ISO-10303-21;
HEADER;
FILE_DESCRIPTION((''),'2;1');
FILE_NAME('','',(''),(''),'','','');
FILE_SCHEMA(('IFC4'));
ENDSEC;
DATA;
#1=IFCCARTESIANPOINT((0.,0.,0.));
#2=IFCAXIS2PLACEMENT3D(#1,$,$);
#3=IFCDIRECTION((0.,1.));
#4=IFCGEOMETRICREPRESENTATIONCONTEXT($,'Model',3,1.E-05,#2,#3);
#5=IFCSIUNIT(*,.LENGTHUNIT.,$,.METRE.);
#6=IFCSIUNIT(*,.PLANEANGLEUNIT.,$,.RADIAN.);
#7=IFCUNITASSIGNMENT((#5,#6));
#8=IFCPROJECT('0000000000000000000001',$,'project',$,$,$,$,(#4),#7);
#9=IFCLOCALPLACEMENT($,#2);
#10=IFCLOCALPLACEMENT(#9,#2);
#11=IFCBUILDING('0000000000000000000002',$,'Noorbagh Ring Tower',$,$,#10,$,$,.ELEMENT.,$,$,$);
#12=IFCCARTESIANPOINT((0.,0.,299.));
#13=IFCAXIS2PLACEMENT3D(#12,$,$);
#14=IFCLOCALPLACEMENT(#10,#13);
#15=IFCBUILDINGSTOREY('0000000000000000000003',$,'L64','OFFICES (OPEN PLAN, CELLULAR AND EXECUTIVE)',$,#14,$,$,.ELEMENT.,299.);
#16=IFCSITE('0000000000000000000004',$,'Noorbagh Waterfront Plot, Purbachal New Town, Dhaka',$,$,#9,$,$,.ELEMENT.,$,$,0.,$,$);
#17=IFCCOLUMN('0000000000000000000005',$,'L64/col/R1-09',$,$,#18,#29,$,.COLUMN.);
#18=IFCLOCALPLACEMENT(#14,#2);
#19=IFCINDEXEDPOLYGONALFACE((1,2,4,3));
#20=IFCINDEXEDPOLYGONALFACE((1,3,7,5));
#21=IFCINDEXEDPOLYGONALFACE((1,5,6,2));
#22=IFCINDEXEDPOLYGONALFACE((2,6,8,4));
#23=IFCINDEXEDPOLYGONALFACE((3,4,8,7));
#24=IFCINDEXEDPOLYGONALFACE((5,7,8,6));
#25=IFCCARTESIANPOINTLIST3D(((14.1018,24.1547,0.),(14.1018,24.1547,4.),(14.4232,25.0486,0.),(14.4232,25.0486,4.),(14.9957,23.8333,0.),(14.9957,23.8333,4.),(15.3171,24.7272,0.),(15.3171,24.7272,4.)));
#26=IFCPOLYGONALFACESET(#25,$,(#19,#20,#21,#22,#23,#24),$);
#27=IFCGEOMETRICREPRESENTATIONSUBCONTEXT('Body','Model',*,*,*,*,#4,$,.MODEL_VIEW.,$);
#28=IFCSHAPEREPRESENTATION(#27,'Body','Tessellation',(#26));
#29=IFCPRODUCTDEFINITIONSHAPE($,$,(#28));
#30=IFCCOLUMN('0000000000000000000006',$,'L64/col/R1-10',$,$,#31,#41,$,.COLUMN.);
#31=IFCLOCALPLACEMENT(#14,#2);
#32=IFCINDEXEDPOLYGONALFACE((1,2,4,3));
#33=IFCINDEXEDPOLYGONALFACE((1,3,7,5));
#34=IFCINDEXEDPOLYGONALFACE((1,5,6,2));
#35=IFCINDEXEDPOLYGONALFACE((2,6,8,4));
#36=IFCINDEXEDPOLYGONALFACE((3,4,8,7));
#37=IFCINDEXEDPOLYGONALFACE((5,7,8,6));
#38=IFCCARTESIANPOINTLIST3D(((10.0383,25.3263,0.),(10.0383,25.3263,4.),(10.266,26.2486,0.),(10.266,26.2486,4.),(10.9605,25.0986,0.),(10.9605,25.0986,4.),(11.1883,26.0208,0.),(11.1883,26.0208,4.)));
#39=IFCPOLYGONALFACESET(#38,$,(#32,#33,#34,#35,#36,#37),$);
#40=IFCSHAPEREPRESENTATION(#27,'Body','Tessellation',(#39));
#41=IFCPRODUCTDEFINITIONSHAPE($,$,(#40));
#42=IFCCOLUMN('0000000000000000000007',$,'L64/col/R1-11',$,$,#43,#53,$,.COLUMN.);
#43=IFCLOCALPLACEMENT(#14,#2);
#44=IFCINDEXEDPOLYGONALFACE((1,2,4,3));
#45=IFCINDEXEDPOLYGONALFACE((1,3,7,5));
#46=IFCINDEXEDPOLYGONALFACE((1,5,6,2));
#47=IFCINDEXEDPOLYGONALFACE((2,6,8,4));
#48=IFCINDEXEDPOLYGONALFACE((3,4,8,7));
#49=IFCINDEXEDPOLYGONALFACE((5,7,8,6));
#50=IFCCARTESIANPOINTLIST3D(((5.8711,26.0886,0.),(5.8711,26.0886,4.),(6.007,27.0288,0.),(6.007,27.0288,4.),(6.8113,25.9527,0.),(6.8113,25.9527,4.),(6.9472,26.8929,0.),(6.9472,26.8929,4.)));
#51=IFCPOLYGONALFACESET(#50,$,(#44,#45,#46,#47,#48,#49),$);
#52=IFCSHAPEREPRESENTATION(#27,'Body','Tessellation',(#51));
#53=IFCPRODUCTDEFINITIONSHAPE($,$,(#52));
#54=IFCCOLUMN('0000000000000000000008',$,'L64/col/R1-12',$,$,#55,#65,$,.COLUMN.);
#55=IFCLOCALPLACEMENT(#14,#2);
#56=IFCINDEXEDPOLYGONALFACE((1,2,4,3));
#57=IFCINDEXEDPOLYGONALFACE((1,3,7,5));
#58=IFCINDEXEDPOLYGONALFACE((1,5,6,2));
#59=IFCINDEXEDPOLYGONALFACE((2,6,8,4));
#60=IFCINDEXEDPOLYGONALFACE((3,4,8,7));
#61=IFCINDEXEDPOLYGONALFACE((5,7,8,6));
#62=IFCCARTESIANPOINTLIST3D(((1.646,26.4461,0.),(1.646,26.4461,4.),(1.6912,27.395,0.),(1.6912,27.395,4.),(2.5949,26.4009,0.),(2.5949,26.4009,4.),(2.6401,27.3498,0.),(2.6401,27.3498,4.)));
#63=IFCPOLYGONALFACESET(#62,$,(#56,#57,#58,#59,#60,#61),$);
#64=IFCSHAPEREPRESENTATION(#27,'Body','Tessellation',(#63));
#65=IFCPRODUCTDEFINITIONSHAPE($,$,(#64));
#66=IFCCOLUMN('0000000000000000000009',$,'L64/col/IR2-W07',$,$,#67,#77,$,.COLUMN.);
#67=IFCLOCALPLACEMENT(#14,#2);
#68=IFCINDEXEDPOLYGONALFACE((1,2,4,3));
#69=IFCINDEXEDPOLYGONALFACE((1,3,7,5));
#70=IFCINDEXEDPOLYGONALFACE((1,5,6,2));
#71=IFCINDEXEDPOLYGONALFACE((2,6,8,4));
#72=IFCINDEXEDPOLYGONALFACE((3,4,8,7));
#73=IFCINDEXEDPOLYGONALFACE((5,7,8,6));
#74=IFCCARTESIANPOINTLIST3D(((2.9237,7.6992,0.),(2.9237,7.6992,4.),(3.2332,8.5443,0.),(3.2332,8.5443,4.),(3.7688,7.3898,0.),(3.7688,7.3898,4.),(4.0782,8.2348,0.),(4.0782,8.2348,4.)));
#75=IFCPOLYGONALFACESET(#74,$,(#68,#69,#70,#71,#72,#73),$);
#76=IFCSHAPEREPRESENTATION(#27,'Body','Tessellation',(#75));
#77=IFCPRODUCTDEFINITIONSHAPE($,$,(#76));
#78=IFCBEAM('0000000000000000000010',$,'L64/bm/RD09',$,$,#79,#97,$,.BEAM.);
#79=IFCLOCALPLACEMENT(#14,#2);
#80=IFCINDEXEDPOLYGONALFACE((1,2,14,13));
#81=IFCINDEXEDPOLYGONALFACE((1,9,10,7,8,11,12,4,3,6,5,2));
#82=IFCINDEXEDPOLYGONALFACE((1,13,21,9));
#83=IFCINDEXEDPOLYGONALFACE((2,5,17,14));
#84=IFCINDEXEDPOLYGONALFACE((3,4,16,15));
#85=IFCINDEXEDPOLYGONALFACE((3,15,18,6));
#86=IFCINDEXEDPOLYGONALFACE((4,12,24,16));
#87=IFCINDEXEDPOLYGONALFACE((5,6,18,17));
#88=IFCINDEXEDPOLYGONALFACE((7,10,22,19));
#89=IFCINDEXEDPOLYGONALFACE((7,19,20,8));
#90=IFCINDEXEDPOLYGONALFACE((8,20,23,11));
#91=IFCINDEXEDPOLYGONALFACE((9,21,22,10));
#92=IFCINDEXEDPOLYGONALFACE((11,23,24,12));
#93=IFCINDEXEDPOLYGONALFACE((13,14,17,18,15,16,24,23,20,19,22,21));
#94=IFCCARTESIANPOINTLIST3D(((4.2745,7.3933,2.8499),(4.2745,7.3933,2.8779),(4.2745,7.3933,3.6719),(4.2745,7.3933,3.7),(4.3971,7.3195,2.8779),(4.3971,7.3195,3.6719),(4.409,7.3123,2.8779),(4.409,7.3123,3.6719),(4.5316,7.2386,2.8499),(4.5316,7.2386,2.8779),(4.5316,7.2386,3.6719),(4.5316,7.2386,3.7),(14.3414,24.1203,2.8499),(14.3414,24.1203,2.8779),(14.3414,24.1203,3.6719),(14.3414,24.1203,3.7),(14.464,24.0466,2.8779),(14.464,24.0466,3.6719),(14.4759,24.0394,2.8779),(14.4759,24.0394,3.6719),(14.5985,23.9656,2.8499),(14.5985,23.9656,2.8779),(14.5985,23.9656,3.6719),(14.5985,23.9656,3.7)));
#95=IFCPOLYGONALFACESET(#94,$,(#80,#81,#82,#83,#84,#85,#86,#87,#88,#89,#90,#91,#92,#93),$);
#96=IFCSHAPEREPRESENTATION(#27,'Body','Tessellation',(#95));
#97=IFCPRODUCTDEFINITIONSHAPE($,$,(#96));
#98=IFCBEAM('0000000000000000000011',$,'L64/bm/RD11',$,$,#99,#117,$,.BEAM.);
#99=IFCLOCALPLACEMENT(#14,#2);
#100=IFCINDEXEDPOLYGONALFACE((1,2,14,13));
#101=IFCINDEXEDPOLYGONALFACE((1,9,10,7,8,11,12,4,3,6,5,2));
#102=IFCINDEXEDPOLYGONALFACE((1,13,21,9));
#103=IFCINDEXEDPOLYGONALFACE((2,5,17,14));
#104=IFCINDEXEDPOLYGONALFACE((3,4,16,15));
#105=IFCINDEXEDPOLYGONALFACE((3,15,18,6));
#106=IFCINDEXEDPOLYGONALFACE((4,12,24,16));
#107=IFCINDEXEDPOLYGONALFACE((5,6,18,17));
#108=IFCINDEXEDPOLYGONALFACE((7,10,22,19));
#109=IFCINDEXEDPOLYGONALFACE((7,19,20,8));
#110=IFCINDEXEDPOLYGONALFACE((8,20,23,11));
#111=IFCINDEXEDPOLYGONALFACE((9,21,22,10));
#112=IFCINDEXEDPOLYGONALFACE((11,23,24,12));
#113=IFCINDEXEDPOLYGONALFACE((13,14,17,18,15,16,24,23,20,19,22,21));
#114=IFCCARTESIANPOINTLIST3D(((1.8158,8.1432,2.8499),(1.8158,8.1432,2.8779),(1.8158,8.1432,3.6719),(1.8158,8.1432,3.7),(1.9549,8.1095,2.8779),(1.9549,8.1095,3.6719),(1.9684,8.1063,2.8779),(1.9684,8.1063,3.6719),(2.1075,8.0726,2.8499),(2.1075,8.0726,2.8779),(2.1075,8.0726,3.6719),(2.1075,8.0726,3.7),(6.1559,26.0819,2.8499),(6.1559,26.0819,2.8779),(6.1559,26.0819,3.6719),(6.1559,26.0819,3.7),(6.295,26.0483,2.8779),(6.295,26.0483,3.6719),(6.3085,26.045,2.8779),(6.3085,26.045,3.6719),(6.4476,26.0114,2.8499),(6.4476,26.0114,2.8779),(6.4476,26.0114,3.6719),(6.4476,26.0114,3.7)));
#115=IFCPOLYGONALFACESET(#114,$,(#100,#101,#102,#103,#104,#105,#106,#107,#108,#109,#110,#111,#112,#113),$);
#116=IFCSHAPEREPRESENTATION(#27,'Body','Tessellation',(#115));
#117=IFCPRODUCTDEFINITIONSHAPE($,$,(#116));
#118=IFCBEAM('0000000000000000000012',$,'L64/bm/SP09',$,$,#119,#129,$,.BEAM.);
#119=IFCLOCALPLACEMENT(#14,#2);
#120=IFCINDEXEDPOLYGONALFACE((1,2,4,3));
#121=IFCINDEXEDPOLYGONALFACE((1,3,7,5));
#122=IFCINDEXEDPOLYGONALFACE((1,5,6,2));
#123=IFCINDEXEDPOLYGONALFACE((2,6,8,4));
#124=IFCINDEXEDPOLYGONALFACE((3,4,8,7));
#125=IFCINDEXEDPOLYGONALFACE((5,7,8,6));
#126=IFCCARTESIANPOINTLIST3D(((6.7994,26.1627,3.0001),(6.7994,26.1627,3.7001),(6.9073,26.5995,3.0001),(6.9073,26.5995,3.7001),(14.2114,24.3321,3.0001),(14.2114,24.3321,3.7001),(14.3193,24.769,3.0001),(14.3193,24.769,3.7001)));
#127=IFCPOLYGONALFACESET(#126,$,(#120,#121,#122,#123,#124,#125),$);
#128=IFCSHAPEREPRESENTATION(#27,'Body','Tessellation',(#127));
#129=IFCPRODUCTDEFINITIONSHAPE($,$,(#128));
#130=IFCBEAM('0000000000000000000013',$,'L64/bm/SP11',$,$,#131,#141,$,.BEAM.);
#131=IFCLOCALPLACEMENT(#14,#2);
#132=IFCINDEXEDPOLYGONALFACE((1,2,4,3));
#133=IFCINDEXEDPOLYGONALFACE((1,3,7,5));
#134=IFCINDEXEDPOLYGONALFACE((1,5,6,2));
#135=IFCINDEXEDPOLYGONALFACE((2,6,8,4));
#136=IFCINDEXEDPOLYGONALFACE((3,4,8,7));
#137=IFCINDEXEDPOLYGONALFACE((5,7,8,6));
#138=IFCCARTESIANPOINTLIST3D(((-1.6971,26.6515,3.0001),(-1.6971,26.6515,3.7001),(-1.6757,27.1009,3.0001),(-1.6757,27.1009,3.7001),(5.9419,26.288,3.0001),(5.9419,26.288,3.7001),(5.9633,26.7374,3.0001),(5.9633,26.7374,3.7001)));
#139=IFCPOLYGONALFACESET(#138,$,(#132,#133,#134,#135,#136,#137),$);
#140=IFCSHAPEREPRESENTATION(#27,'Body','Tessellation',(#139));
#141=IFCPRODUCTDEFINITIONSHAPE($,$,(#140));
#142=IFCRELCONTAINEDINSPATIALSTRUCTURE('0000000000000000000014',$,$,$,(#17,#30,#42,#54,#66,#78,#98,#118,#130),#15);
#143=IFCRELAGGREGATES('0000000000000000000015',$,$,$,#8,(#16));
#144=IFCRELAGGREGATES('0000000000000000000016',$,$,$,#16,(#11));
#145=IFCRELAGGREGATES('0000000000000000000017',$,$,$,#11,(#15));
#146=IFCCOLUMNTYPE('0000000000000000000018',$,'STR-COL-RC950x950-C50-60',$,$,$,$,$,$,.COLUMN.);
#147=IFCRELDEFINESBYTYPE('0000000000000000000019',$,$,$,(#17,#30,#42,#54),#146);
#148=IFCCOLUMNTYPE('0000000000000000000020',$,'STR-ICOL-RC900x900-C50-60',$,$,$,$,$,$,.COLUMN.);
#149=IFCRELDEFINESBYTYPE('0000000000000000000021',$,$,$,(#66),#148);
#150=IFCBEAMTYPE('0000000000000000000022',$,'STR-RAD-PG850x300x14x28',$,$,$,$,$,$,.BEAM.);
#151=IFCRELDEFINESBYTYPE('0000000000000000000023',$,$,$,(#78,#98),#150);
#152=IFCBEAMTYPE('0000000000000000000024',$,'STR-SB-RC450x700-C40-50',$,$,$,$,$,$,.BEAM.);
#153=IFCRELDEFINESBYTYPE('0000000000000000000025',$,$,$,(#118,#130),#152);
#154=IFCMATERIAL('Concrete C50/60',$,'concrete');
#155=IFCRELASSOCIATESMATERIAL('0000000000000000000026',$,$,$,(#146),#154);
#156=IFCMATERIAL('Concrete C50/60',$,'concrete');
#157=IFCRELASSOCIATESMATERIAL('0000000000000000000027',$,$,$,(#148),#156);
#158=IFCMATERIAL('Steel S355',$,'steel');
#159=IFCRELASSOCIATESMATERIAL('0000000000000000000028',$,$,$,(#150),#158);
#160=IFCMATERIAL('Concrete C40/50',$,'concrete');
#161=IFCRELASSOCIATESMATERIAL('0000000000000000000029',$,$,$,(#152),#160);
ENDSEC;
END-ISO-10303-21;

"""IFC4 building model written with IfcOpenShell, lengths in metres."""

from ifc_helpers import new_model, si_unit, direction, frame, origin, origin_2d, place, context, subcontext, project, spatial, rectangle, i_section, extrude, material, material_profile, profile_set, type_object, element, save


model = new_model("IFC4")

# Units and contexts
model_context = context("Model", 3, precision=1e-05, world=origin(), true_north=direction((0.0, 1.0)))
body_context = subcontext(model_context, "Body", "Model", "MODEL_VIEW")
ifc_project = project(units=[si_unit("LENGTHUNIT", "METRE"), si_unit("PLANEANGLEUNIT", "RADIAN")], contexts=[model_context])

# Site, building, storey
site_placement = place(None, origin())
site = spatial("IfcSite", under=ifc_project, at=site_placement, Name="Noorbagh Waterfront Plot, Purbachal New Town, Dhaka", CompositionType="ELEMENT", RefElevation=0.0)
building_placement = place(site_placement, origin())
building = spatial("IfcBuilding", under=site, at=building_placement, Name="Noorbagh Ring Tower", CompositionType="ELEMENT")
storey_placement = place(building_placement, frame((0.0, 0.0, 299.0)))
storey = spatial("IfcBuildingStorey", under=building, at=storey_placement, Name="L64", Description="OFFICES (OPEN PLAN, CELLULAR AND EXECUTIVE)", CompositionType="ELEMENT", Elevation=299.0)

# Columns
ifc_material_1 = material(Name="Concrete C50/60", Category="concrete")
ifc_material_profile_1 = material_profile(ifc_material_1, rectangle(XDim=0.95, YDim=0.95, at=origin_2d()), Name="RC950x950")
ifc_profile_set_1 = profile_set([ifc_material_profile_1], Name="Concrete C50/60")
column_type_1 = type_object("IfcColumnType", Name="STR-COL-RC950x950-C50-60", PredefinedType="COLUMN", material=ifc_profile_set_1)
for number, where, z_axis, x_axis, name in (
    (1, (14.7095, 24.4409, 0.0), (0.0, 0.0, 1.0), (-0.941025, 0.338338, 0.0), "L64/col/R1-09"),
    (2, (10.6133, 25.6736, 0.0), (0.0, 0.0, 1.0), (-0.970829, 0.239771, 0.0), "L64/col/R1-10"),
    (3, (6.4092, 26.4907, 0.0), (0.0, 0.0, 1.0), (-0.989713, 0.143066, 0.0), "L64/col/R1-11"),
    (4, (2.1431, 26.8979, 0.0), (0.0, 0.0, 1.0), (-0.998869, 0.047553, 0.0), "L64/col/R1-12"),
):
    element("IfcColumn", number, at=place(storey_placement, frame(where, z_axis=z_axis, x_axis=x_axis)), inside=storey, type_object=column_type_1, Name=name, PredefinedType="COLUMN", context=body_context, shape_type="SweptSolid", body=[
        extrude(rectangle(XDim=0.95, YDim=0.95, at=origin_2d()), origin(), (0.0, 0.0, 1.0), 4.0),
    ])
ifc_material_2 = material(Name="Concrete C50/60", Category="concrete")
ifc_material_profile_2 = material_profile(ifc_material_2, rectangle(XDim=0.8999, YDim=0.8999, at=origin_2d()), Name="RC900x900")
ifc_profile_set_2 = profile_set([ifc_material_profile_2], Name="Concrete C50/60")
column_type_2 = type_object("IfcColumnType", Name="STR-ICOL-RC900x900-C50-60", PredefinedType="COLUMN", material=ifc_profile_set_2)
column_placement = place(storey_placement, frame((3.501, 7.967, 0.0), z_axis=(0.0, 0.0, 1.0), x_axis=(-0.93902, 0.343864, 0.0)))
element("IfcColumn", 5, at=column_placement, inside=storey, type_object=column_type_2, Name="L64/col/IR2-W07", PredefinedType="COLUMN", context=body_context, shape_type="SweptSolid", body=[
    extrude(rectangle(XDim=0.8999, YDim=0.8999, at=origin_2d()), origin(), (0.0, 0.0, 1.0), 4.0),
])

# Beams
ifc_material_3 = material(Name="Steel S355", Category="steel")
ifc_material_profile_3 = material_profile(ifc_material_3, i_section(OverallWidth=0.3, OverallDepth=0.8501, WebThickness=0.0139, FlangeThickness=0.0281, at=origin_2d()), Name="PG850x300x14x28")
ifc_profile_set_3 = profile_set([ifc_material_profile_3], Name="Steel S355")
beam_type_1 = type_object("IfcBeamType", Name="STR-RAD-PG850x300x14x28", PredefinedType="BEAM", material=ifc_profile_set_3)
beam_1_placement = place(storey_placement, frame((14.47, 24.043, 3.2749), z_axis=(-0.51565, -0.856799, 0.0), x_axis=(0.856799, -0.51565, 0.0)))
element("IfcBeam", 6, at=beam_1_placement, inside=storey, type_object=beam_type_1, Name="L64/bm/RD09", PredefinedType="BEAM", context=body_context, shape_type="SweptSolid", body=[
    extrude(i_section(OverallWidth=0.3, OverallDepth=0.8501, WebThickness=0.0139, FlangeThickness=0.0281, at=origin_2d()), origin(), (0.0, 0.0, 1.0), 19.5227),
])
beam_2_placement = place(storey_placement, frame((6.3018, 26.0466, 3.2749), z_axis=(-0.235155, -0.971958, 0.0), x_axis=(0.971958, -0.235155, 0.0)))
element("IfcBeam", 7, at=beam_2_placement, inside=storey, type_object=beam_type_1, Name="L64/bm/RD11", PredefinedType="BEAM", context=body_context, shape_type="SweptSolid", body=[
    extrude(i_section(OverallWidth=0.3, OverallDepth=0.8501, WebThickness=0.0139, FlangeThickness=0.0281, at=origin_2d()), origin(), (0.0, 0.0, 1.0), 18.4563),
])
ifc_material_4 = material(Name="Concrete C40/50", Category="concrete")
ifc_material_profile_4 = material_profile(ifc_material_4, rectangle(XDim=0.45, YDim=0.7, at=origin_2d()), Name="RC450x700")
ifc_profile_set_4 = profile_set([ifc_material_profile_4], Name="Concrete C40/50")
beam_type_2 = type_object("IfcBeamType", Name="STR-SB-RC450x700-C40-50", PredefinedType="BEAM", material=ifc_profile_set_4)
beam_3_placement = place(storey_placement, frame((14.2654, 24.5505, 3.3501), z_axis=(-0.970831, 0.239766, 0.0), x_axis=(-0.239766, -0.970831, 0.0)))
element("IfcBeam", 8, at=beam_3_placement, inside=storey, type_object=beam_type_2, Name="L64/bm/SP09", PredefinedType="BEAM", context=body_context, shape_type="SweptSolid", body=[
    extrude(rectangle(XDim=0.45, YDim=0.7, at=origin_2d()), origin(), (0.0, 0.0, 1.0), 7.6348),
])
beam_4_placement = place(storey_placement, frame((5.9526, 26.5127, 3.3501), z_axis=(-0.99887, 0.047533, 0.0), x_axis=(-0.047533, -0.99887, 0.0)))
element("IfcBeam", 9, at=beam_4_placement, inside=storey, type_object=beam_type_2, Name="L64/bm/SP11", PredefinedType="BEAM", context=body_context, shape_type="SweptSolid", body=[
    extrude(rectangle(XDim=0.45, YDim=0.7, at=origin_2d()), origin(), (0.0, 0.0, 1.0), 7.6477),
])

save(model, "model.ifc")
